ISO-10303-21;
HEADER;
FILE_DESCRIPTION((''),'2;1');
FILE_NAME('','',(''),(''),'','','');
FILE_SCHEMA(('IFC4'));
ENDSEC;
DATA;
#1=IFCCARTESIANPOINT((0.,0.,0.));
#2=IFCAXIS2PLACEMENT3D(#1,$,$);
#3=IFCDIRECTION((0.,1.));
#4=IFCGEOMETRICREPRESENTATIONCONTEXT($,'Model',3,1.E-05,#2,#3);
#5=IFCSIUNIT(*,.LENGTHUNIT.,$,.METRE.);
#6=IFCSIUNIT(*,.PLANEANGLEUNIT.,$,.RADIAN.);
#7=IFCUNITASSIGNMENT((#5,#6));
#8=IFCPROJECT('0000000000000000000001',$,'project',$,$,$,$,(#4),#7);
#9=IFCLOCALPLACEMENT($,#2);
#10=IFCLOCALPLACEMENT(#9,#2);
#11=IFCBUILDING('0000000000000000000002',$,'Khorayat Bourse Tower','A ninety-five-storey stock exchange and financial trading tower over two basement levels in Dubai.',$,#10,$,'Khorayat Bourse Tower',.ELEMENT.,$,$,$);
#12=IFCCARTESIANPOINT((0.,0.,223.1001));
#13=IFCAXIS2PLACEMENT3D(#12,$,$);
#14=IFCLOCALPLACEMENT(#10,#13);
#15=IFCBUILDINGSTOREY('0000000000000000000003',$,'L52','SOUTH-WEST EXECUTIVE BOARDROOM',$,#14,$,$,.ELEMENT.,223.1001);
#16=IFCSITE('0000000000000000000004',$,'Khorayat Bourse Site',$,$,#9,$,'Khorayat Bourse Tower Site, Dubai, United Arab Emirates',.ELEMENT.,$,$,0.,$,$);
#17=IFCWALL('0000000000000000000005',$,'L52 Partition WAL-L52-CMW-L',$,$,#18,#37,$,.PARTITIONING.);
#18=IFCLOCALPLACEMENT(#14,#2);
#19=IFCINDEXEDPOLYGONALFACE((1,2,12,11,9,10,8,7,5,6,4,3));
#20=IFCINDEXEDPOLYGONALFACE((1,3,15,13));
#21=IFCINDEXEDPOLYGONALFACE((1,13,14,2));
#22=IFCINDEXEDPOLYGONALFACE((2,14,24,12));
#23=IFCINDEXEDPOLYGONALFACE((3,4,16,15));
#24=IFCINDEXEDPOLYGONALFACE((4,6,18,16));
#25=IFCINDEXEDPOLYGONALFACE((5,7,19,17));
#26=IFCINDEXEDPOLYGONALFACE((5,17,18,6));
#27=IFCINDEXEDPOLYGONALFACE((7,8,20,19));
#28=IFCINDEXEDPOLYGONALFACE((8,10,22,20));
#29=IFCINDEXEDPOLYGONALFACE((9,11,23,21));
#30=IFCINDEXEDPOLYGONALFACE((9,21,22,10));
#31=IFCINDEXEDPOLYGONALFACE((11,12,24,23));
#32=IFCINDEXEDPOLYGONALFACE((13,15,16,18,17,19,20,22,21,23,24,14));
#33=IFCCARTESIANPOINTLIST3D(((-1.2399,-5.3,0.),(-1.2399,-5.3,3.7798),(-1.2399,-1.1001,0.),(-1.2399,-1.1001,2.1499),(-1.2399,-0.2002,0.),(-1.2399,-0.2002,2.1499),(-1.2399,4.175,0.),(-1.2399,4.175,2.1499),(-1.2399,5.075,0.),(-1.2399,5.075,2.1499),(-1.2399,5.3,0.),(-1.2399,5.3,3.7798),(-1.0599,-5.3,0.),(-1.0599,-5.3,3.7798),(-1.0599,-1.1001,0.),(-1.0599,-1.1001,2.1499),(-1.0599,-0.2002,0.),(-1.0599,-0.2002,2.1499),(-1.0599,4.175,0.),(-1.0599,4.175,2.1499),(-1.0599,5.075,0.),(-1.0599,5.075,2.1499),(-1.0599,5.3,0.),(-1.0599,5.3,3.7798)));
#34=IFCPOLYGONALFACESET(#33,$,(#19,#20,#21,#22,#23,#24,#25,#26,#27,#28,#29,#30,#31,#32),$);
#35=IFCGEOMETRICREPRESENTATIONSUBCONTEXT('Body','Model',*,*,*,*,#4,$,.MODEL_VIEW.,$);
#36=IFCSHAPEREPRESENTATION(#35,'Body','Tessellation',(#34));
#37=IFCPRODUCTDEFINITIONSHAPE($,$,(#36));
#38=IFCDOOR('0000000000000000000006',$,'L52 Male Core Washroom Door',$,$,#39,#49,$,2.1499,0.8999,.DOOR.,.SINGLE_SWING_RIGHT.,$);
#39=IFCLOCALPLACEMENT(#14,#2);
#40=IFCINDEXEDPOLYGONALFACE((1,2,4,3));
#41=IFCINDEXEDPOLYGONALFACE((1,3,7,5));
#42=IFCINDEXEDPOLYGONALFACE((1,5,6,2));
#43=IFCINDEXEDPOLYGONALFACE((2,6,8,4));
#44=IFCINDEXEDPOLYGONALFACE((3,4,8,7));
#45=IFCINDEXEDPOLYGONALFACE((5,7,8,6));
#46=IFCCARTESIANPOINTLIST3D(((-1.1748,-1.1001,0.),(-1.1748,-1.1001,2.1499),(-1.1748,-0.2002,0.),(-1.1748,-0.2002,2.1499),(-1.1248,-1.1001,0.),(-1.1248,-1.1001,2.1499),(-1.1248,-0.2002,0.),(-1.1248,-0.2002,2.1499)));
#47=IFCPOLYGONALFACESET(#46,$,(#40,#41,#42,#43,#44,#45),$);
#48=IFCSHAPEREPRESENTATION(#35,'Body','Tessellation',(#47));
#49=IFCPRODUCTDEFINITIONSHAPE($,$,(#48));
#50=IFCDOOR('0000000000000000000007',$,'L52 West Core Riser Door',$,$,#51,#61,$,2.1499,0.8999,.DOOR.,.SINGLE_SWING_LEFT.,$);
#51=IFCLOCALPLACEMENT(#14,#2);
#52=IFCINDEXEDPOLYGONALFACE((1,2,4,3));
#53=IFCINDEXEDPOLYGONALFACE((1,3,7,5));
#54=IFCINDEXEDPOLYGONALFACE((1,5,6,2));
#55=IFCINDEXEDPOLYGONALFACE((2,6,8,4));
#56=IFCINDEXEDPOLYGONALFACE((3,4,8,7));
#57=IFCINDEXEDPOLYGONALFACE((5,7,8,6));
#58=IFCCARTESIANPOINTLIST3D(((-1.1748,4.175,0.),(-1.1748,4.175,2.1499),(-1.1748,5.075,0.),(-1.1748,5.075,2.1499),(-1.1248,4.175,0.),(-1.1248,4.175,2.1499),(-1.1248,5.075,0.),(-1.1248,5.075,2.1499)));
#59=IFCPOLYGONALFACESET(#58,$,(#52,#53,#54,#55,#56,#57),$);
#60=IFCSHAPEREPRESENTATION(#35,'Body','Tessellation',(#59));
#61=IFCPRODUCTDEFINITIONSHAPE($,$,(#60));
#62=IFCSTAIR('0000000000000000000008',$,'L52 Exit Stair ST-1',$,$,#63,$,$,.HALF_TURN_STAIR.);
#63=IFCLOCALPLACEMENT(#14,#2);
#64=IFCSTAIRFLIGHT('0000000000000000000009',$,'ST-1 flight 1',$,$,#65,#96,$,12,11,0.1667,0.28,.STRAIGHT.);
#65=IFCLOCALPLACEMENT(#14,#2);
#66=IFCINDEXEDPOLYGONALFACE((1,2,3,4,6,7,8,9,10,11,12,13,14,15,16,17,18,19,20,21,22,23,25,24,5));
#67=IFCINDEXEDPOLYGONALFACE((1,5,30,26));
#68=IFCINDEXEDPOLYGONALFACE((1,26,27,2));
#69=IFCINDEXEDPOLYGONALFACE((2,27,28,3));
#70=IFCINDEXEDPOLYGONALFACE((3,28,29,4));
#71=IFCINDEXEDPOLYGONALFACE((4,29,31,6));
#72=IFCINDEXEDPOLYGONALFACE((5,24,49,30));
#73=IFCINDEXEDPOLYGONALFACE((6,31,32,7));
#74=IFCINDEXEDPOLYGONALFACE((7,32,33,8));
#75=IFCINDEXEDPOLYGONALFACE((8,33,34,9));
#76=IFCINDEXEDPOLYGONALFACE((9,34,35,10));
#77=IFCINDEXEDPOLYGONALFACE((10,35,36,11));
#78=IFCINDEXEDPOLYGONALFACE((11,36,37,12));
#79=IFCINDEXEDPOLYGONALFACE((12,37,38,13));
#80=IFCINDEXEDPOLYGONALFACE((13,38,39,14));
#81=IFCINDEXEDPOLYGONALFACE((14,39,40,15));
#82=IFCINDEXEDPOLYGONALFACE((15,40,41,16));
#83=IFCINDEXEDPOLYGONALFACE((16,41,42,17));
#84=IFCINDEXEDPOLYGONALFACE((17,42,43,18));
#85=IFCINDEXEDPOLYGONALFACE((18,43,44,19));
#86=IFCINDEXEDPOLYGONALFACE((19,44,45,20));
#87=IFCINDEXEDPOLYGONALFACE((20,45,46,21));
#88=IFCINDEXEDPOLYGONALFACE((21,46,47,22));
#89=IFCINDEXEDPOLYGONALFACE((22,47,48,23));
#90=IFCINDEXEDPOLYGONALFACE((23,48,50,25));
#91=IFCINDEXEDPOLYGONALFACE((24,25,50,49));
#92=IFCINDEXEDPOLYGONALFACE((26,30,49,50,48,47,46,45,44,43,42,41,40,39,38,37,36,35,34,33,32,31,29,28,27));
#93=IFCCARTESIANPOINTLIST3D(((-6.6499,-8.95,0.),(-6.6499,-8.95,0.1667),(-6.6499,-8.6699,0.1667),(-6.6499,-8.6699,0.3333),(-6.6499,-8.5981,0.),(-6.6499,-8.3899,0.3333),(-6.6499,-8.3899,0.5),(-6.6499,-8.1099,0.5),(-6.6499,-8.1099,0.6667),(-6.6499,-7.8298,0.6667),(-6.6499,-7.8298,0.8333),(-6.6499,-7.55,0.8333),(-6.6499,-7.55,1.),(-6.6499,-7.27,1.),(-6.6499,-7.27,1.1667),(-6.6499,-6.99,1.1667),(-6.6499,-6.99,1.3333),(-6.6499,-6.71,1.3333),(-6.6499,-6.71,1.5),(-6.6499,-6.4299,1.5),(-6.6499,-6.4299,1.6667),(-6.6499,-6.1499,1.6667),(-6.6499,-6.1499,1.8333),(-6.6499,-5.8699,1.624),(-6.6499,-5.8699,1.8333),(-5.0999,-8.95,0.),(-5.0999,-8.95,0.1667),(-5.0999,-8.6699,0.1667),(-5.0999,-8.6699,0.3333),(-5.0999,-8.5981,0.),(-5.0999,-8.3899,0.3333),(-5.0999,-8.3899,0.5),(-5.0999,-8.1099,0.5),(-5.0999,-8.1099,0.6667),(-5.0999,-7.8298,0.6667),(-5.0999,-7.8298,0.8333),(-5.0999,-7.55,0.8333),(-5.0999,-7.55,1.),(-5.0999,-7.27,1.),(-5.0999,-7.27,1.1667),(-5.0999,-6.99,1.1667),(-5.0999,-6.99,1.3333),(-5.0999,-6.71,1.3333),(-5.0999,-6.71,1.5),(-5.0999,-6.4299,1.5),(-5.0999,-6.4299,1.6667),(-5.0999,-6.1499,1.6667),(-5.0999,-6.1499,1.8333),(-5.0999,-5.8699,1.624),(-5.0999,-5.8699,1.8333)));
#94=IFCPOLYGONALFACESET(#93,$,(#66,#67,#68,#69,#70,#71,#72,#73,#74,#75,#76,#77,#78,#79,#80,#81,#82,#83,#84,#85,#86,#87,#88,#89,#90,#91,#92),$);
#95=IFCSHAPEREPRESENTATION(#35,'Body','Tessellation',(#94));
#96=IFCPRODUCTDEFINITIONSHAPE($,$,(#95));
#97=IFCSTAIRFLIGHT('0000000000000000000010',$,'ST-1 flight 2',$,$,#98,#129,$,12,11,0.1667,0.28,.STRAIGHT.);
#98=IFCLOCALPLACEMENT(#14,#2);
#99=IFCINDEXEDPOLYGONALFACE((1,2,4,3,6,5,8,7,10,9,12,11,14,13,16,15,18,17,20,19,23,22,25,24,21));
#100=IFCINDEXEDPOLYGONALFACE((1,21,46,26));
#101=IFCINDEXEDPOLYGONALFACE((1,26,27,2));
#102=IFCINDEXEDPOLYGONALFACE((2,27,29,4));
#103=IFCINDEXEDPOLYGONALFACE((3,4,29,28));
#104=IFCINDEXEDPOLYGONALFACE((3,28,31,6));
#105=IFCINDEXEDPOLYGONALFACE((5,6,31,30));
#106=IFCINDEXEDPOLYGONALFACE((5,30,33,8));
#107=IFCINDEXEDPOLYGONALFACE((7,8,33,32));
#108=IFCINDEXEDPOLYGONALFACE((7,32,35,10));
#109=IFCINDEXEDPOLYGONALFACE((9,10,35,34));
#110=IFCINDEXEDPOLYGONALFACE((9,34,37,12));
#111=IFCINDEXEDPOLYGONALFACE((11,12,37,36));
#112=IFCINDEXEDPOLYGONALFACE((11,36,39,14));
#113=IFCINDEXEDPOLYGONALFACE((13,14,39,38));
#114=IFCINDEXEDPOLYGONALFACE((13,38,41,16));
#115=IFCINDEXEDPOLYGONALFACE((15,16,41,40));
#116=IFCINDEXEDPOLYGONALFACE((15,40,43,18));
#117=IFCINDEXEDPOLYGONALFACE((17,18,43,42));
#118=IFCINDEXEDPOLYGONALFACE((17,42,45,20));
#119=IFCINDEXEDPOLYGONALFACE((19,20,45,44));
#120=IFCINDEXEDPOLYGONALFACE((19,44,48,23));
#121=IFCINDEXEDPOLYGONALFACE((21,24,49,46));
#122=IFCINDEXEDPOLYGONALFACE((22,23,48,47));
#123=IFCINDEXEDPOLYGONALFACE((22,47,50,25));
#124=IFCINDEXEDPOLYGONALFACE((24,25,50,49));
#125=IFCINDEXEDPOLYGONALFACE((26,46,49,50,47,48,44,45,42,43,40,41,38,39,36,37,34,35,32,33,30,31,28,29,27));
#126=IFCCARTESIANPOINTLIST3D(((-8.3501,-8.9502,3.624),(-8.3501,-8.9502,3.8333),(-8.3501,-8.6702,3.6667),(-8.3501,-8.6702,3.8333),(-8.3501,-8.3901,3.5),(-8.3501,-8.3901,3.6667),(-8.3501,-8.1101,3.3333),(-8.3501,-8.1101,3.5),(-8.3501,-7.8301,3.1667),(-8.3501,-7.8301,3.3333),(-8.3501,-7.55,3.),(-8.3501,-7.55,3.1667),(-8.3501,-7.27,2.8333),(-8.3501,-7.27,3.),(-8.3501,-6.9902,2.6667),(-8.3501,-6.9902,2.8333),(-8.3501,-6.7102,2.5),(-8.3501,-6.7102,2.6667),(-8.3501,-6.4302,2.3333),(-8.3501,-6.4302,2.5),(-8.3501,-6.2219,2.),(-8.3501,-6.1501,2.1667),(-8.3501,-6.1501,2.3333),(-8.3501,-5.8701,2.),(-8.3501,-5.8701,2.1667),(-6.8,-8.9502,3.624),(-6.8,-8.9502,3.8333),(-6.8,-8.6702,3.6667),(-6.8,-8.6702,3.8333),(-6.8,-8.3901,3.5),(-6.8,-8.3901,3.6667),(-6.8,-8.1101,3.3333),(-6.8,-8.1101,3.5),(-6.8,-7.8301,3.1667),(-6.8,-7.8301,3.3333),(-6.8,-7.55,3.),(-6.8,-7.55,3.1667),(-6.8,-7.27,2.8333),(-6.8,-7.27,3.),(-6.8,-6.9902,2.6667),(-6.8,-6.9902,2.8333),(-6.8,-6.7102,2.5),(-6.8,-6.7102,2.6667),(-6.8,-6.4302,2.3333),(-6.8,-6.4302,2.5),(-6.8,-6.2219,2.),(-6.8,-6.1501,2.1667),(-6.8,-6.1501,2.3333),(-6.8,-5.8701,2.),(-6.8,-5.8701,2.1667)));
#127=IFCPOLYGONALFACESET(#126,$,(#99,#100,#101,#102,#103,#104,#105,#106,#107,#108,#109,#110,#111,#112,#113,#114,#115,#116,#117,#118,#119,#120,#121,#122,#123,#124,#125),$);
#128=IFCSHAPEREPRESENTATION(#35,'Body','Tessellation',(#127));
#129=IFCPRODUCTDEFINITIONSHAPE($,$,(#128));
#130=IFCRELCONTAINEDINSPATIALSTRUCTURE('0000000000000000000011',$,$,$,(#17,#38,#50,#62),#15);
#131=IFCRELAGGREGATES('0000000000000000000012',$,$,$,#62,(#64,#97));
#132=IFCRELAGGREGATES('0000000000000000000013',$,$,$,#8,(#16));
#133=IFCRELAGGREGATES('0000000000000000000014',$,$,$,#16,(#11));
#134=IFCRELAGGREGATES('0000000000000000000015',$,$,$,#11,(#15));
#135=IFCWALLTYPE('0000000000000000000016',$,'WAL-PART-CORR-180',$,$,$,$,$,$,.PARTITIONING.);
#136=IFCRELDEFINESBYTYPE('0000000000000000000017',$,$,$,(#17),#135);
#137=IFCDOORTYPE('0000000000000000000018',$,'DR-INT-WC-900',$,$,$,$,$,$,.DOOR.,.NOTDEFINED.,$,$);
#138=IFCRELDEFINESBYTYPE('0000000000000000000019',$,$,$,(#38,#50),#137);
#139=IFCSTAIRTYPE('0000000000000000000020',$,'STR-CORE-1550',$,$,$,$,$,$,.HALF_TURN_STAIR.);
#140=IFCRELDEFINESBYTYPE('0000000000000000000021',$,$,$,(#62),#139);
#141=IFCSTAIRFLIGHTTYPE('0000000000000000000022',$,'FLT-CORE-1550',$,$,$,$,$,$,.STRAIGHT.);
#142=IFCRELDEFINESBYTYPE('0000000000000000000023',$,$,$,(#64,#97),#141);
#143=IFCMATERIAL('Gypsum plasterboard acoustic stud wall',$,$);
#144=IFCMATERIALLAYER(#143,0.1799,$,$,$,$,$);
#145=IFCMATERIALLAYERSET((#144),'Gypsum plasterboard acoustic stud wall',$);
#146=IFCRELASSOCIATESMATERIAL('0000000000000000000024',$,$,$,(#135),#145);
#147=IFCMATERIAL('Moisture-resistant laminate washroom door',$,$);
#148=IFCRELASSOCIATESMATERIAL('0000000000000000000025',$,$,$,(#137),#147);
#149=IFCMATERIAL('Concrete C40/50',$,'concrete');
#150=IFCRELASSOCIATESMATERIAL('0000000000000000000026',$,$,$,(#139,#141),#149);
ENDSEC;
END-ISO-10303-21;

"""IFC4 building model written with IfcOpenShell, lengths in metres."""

from ifc_helpers import new_model, si_unit, direction, frame, frame_2d, origin, place, context, subcontext, project, spatial, polyline, rectangle, outline, extrude, source, transform, mapped, material, layer, layer_set, type_object, element, fill, aggregate, save


model = new_model("IFC4")

# Units and contexts
model_context = context("Model", 3, precision=1e-05, world=origin(), true_north=direction((0.0, 1.0)))
body_context = subcontext(model_context, "Body", "Model", "MODEL_VIEW")
ifc_project = project(units=[si_unit("LENGTHUNIT", "METRE"), si_unit("PLANEANGLEUNIT", "RADIAN")], contexts=[model_context])

# Site, building, storey
site_placement = place(None, origin())
site = spatial("IfcSite", under=ifc_project, at=site_placement, Name="Khorayat Bourse Site", LongName="Khorayat Bourse Tower Site, Dubai, United Arab Emirates", CompositionType="ELEMENT", RefElevation=0.0)
building_placement = place(site_placement, origin())
building = spatial("IfcBuilding", under=site, at=building_placement, Name="Khorayat Bourse Tower", Description="A ninety-five-storey stock exchange and financial trading tower over two basement levels in Dubai.", LongName="Khorayat Bourse Tower", CompositionType="ELEMENT")
storey_placement = place(building_placement, frame((0.0, 0.0, 223.1001)))
storey = spatial("IfcBuildingStorey", under=building, at=storey_placement, Name="L52", Description="SOUTH-WEST EXECUTIVE BOARDROOM", CompositionType="ELEMENT", Elevation=223.1001)

# Shared definitions
ifc_material_1 = material(Name="Gypsum plasterboard acoustic stud wall")
ifc_layer_1 = layer(ifc_material_1, 0.1799)
ifc_layer_set_1 = layer_set([ifc_layer_1], Name="Gypsum plasterboard acoustic stud wall")
wall_type_1 = type_object("IfcWallType", Name="WAL-PART-CORR-180", PredefinedType="PARTITIONING", material=ifc_layer_set_1)

# Shared definitions
shared_shape_1 = source(origin(), body_context, "Body", "SweptSolid", [
    extrude(rectangle(XDim=0.8999, YDim=2.1499, at=frame_2d((0.45, 1.075))), frame((0.0, 0.0999, 0.0), z_axis=(0.0, -1.0, 0.0), x_axis=(1.0, 0.0, 0.0)), (0.0, 0.0, 1.0), 0.2),
])
ifc_material_2 = material(Name="Moisture-resistant laminate washroom door")
door_type_1 = type_object("IfcDoorType", Name="DR-INT-WC-900", OperationType="NOTDEFINED", PredefinedType="DOOR", material=ifc_material_2)
shared_shape_2 = source(origin(), body_context, "Body", "SweptSolid", [
    extrude(rectangle(XDim=0.8999, YDim=2.1499, at=frame_2d((0.45, 1.075))), frame((0.0, 0.0249, 0.0), z_axis=(0.0, -1.0, 0.0), x_axis=(1.0, 0.0, 0.0)), (0.0, 0.0, 1.0), 0.05),
])

# Wall, openings, doors
shared_shape_3 = source(origin(), body_context, "Body", "SweptSolid", [
    extrude(rectangle(XDim=10.6001, YDim=0.1799, at=frame_2d((5.3, 0.0))), origin(), (0.0, 0.0, 1.0), 3.7798),
])
wall_1_placement = place(storey_placement, frame((-1.1499, -5.3, 0.0), z_axis=(0.0, 0.0, 1.0), x_axis=(0.0, 1.0, 0.0)))
wall_1 = element("IfcWall", 1, at=wall_1_placement, inside=storey, type_object=wall_type_1, Name="L52 Partition WAL-L52-CMW-L", PredefinedType="PARTITIONING", context=body_context, shape_type="MappedRepresentation", body=[
    mapped(shared_shape_3, transform((0.0, 0.0, 0.0), scale=1.0)),
])
opening_1_placement = place(wall_1_placement, frame((4.2, 0.0, 0.0)))
opening_1 = element("IfcOpeningElement", 2, at=opening_1_placement, cuts=wall_1, PredefinedType="OPENING", context=body_context, shape_type="MappedRepresentation", body=[
    mapped(shared_shape_1, transform((0.0, 0.0, 0.0), scale=1.0)),
])
opening_2_placement = place(wall_1_placement, frame((9.4751, 0.0, 0.0)))
opening_2 = element("IfcOpeningElement", 3, at=opening_2_placement, cuts=wall_1, PredefinedType="OPENING", context=body_context, shape_type="MappedRepresentation", body=[
    mapped(shared_shape_1, transform((0.0, 0.0, 0.0), scale=1.0)),
])
door_1_placement = place(opening_1_placement, origin())
door_1 = element("IfcDoor", 4, at=door_1_placement, inside=storey, type_object=door_type_1, Name="L52 Male Core Washroom Door", OperationType="SINGLE_SWING_RIGHT", OverallHeight=2.1499, OverallWidth=0.8999, PredefinedType="DOOR", context=body_context, shape_type="MappedRepresentation", body=[
    mapped(shared_shape_2, transform((0.0, 0.0, 0.0), scale=1.0)),
])
fill(opening_1, door_1)
door_2_placement = place(opening_2_placement, origin())
door_2 = element("IfcDoor", 5, at=door_2_placement, inside=storey, type_object=door_type_1, Name="L52 West Core Riser Door", OperationType="SINGLE_SWING_LEFT", OverallHeight=2.1499, OverallWidth=0.8999, PredefinedType="DOOR", context=body_context, shape_type="MappedRepresentation", body=[
    mapped(shared_shape_2, transform((0.0, 0.0, 0.0), scale=1.0)),
])
fill(opening_2, door_2)

# Stair, stair flights
ifc_material_3 = material(Name="Concrete C40/50", Category="concrete")
stair_type = type_object("IfcStairType", Name="STR-CORE-1550", PredefinedType="HALF_TURN_STAIR", material=ifc_material_3)
stair_placement = place(storey_placement, origin())
stair = element("IfcStair", 6, at=stair_placement, inside=storey, type_object=stair_type, Name="L52 Exit Stair ST-1", PredefinedType="HALF_TURN_STAIR")
stair_flight_type = type_object("IfcStairFlightType", Name="FLT-CORE-1550", PredefinedType="STRAIGHT", material=ifc_material_3)
shared_shape_4 = source(origin(), body_context, "Body", "SweptSolid", [
    extrude(outline(polyline([(0.0, 0.0), (0.0, 0.1667), (0.28, 0.1667), (0.28, 0.3333), (0.5601, 0.3333), (0.5601, 0.5), (0.8401, 0.5), (0.8401, 0.6667), (1.1201, 0.6667), (1.1201, 0.8333), (1.3999, 0.8333), (1.3999, 1.0), (1.6799, 1.0), (1.6799, 1.1667), (1.96, 1.1667), (1.96, 1.3333), (2.24, 1.3333), (2.24, 1.5), (2.52, 1.5), (2.52, 1.6667), (2.8, 1.6667), (2.8, 1.8333), (3.0801, 1.8333), (3.0801, 2.0), (3.0801, 1.624), (0.3518, 0.0), (0.0, 0.0)])), frame((0.0, 0.7749, 0.0), z_axis=(0.0, -1.0, 0.0), x_axis=(1.0, 0.0, 0.0)), (0.0, 0.0, 1.0), 1.55),
])
stair_flight_1_placement = place(storey_placement, frame((-5.875, -8.95, 0.0), z_axis=(0.0, 0.0, 1.0), x_axis=(0.0, 1.0, 0.0)))
stair_flight_1 = element("IfcStairFlight", 7, at=stair_flight_1_placement, type_object=stair_flight_type, Name="ST-1 flight 1", NumberOfRisers=12, NumberOfTreads=11, PredefinedType="STRAIGHT", RiserHeight=0.1667, TreadLength=0.28, context=body_context, shape_type="MappedRepresentation", body=[
    mapped(shared_shape_4, transform((0.0, 0.0, 0.0), scale=1.0)),
])
stair_flight_2_placement = place(storey_placement, frame((-7.575, -5.8701, 2.0), z_axis=(0.0, 0.0, 1.0), x_axis=(0.0, -1.0, 0.0)))
stair_flight_2 = element("IfcStairFlight", 8, at=stair_flight_2_placement, type_object=stair_flight_type, Name="ST-1 flight 2", NumberOfRisers=12, NumberOfTreads=11, PredefinedType="STRAIGHT", RiserHeight=0.1667, TreadLength=0.28, context=body_context, shape_type="MappedRepresentation", body=[
    mapped(shared_shape_4, transform((0.0, 0.0, 0.0), scale=1.0)),
])
aggregate(stair, [stair_flight_1, stair_flight_2])

save(model, "model.ifc")
